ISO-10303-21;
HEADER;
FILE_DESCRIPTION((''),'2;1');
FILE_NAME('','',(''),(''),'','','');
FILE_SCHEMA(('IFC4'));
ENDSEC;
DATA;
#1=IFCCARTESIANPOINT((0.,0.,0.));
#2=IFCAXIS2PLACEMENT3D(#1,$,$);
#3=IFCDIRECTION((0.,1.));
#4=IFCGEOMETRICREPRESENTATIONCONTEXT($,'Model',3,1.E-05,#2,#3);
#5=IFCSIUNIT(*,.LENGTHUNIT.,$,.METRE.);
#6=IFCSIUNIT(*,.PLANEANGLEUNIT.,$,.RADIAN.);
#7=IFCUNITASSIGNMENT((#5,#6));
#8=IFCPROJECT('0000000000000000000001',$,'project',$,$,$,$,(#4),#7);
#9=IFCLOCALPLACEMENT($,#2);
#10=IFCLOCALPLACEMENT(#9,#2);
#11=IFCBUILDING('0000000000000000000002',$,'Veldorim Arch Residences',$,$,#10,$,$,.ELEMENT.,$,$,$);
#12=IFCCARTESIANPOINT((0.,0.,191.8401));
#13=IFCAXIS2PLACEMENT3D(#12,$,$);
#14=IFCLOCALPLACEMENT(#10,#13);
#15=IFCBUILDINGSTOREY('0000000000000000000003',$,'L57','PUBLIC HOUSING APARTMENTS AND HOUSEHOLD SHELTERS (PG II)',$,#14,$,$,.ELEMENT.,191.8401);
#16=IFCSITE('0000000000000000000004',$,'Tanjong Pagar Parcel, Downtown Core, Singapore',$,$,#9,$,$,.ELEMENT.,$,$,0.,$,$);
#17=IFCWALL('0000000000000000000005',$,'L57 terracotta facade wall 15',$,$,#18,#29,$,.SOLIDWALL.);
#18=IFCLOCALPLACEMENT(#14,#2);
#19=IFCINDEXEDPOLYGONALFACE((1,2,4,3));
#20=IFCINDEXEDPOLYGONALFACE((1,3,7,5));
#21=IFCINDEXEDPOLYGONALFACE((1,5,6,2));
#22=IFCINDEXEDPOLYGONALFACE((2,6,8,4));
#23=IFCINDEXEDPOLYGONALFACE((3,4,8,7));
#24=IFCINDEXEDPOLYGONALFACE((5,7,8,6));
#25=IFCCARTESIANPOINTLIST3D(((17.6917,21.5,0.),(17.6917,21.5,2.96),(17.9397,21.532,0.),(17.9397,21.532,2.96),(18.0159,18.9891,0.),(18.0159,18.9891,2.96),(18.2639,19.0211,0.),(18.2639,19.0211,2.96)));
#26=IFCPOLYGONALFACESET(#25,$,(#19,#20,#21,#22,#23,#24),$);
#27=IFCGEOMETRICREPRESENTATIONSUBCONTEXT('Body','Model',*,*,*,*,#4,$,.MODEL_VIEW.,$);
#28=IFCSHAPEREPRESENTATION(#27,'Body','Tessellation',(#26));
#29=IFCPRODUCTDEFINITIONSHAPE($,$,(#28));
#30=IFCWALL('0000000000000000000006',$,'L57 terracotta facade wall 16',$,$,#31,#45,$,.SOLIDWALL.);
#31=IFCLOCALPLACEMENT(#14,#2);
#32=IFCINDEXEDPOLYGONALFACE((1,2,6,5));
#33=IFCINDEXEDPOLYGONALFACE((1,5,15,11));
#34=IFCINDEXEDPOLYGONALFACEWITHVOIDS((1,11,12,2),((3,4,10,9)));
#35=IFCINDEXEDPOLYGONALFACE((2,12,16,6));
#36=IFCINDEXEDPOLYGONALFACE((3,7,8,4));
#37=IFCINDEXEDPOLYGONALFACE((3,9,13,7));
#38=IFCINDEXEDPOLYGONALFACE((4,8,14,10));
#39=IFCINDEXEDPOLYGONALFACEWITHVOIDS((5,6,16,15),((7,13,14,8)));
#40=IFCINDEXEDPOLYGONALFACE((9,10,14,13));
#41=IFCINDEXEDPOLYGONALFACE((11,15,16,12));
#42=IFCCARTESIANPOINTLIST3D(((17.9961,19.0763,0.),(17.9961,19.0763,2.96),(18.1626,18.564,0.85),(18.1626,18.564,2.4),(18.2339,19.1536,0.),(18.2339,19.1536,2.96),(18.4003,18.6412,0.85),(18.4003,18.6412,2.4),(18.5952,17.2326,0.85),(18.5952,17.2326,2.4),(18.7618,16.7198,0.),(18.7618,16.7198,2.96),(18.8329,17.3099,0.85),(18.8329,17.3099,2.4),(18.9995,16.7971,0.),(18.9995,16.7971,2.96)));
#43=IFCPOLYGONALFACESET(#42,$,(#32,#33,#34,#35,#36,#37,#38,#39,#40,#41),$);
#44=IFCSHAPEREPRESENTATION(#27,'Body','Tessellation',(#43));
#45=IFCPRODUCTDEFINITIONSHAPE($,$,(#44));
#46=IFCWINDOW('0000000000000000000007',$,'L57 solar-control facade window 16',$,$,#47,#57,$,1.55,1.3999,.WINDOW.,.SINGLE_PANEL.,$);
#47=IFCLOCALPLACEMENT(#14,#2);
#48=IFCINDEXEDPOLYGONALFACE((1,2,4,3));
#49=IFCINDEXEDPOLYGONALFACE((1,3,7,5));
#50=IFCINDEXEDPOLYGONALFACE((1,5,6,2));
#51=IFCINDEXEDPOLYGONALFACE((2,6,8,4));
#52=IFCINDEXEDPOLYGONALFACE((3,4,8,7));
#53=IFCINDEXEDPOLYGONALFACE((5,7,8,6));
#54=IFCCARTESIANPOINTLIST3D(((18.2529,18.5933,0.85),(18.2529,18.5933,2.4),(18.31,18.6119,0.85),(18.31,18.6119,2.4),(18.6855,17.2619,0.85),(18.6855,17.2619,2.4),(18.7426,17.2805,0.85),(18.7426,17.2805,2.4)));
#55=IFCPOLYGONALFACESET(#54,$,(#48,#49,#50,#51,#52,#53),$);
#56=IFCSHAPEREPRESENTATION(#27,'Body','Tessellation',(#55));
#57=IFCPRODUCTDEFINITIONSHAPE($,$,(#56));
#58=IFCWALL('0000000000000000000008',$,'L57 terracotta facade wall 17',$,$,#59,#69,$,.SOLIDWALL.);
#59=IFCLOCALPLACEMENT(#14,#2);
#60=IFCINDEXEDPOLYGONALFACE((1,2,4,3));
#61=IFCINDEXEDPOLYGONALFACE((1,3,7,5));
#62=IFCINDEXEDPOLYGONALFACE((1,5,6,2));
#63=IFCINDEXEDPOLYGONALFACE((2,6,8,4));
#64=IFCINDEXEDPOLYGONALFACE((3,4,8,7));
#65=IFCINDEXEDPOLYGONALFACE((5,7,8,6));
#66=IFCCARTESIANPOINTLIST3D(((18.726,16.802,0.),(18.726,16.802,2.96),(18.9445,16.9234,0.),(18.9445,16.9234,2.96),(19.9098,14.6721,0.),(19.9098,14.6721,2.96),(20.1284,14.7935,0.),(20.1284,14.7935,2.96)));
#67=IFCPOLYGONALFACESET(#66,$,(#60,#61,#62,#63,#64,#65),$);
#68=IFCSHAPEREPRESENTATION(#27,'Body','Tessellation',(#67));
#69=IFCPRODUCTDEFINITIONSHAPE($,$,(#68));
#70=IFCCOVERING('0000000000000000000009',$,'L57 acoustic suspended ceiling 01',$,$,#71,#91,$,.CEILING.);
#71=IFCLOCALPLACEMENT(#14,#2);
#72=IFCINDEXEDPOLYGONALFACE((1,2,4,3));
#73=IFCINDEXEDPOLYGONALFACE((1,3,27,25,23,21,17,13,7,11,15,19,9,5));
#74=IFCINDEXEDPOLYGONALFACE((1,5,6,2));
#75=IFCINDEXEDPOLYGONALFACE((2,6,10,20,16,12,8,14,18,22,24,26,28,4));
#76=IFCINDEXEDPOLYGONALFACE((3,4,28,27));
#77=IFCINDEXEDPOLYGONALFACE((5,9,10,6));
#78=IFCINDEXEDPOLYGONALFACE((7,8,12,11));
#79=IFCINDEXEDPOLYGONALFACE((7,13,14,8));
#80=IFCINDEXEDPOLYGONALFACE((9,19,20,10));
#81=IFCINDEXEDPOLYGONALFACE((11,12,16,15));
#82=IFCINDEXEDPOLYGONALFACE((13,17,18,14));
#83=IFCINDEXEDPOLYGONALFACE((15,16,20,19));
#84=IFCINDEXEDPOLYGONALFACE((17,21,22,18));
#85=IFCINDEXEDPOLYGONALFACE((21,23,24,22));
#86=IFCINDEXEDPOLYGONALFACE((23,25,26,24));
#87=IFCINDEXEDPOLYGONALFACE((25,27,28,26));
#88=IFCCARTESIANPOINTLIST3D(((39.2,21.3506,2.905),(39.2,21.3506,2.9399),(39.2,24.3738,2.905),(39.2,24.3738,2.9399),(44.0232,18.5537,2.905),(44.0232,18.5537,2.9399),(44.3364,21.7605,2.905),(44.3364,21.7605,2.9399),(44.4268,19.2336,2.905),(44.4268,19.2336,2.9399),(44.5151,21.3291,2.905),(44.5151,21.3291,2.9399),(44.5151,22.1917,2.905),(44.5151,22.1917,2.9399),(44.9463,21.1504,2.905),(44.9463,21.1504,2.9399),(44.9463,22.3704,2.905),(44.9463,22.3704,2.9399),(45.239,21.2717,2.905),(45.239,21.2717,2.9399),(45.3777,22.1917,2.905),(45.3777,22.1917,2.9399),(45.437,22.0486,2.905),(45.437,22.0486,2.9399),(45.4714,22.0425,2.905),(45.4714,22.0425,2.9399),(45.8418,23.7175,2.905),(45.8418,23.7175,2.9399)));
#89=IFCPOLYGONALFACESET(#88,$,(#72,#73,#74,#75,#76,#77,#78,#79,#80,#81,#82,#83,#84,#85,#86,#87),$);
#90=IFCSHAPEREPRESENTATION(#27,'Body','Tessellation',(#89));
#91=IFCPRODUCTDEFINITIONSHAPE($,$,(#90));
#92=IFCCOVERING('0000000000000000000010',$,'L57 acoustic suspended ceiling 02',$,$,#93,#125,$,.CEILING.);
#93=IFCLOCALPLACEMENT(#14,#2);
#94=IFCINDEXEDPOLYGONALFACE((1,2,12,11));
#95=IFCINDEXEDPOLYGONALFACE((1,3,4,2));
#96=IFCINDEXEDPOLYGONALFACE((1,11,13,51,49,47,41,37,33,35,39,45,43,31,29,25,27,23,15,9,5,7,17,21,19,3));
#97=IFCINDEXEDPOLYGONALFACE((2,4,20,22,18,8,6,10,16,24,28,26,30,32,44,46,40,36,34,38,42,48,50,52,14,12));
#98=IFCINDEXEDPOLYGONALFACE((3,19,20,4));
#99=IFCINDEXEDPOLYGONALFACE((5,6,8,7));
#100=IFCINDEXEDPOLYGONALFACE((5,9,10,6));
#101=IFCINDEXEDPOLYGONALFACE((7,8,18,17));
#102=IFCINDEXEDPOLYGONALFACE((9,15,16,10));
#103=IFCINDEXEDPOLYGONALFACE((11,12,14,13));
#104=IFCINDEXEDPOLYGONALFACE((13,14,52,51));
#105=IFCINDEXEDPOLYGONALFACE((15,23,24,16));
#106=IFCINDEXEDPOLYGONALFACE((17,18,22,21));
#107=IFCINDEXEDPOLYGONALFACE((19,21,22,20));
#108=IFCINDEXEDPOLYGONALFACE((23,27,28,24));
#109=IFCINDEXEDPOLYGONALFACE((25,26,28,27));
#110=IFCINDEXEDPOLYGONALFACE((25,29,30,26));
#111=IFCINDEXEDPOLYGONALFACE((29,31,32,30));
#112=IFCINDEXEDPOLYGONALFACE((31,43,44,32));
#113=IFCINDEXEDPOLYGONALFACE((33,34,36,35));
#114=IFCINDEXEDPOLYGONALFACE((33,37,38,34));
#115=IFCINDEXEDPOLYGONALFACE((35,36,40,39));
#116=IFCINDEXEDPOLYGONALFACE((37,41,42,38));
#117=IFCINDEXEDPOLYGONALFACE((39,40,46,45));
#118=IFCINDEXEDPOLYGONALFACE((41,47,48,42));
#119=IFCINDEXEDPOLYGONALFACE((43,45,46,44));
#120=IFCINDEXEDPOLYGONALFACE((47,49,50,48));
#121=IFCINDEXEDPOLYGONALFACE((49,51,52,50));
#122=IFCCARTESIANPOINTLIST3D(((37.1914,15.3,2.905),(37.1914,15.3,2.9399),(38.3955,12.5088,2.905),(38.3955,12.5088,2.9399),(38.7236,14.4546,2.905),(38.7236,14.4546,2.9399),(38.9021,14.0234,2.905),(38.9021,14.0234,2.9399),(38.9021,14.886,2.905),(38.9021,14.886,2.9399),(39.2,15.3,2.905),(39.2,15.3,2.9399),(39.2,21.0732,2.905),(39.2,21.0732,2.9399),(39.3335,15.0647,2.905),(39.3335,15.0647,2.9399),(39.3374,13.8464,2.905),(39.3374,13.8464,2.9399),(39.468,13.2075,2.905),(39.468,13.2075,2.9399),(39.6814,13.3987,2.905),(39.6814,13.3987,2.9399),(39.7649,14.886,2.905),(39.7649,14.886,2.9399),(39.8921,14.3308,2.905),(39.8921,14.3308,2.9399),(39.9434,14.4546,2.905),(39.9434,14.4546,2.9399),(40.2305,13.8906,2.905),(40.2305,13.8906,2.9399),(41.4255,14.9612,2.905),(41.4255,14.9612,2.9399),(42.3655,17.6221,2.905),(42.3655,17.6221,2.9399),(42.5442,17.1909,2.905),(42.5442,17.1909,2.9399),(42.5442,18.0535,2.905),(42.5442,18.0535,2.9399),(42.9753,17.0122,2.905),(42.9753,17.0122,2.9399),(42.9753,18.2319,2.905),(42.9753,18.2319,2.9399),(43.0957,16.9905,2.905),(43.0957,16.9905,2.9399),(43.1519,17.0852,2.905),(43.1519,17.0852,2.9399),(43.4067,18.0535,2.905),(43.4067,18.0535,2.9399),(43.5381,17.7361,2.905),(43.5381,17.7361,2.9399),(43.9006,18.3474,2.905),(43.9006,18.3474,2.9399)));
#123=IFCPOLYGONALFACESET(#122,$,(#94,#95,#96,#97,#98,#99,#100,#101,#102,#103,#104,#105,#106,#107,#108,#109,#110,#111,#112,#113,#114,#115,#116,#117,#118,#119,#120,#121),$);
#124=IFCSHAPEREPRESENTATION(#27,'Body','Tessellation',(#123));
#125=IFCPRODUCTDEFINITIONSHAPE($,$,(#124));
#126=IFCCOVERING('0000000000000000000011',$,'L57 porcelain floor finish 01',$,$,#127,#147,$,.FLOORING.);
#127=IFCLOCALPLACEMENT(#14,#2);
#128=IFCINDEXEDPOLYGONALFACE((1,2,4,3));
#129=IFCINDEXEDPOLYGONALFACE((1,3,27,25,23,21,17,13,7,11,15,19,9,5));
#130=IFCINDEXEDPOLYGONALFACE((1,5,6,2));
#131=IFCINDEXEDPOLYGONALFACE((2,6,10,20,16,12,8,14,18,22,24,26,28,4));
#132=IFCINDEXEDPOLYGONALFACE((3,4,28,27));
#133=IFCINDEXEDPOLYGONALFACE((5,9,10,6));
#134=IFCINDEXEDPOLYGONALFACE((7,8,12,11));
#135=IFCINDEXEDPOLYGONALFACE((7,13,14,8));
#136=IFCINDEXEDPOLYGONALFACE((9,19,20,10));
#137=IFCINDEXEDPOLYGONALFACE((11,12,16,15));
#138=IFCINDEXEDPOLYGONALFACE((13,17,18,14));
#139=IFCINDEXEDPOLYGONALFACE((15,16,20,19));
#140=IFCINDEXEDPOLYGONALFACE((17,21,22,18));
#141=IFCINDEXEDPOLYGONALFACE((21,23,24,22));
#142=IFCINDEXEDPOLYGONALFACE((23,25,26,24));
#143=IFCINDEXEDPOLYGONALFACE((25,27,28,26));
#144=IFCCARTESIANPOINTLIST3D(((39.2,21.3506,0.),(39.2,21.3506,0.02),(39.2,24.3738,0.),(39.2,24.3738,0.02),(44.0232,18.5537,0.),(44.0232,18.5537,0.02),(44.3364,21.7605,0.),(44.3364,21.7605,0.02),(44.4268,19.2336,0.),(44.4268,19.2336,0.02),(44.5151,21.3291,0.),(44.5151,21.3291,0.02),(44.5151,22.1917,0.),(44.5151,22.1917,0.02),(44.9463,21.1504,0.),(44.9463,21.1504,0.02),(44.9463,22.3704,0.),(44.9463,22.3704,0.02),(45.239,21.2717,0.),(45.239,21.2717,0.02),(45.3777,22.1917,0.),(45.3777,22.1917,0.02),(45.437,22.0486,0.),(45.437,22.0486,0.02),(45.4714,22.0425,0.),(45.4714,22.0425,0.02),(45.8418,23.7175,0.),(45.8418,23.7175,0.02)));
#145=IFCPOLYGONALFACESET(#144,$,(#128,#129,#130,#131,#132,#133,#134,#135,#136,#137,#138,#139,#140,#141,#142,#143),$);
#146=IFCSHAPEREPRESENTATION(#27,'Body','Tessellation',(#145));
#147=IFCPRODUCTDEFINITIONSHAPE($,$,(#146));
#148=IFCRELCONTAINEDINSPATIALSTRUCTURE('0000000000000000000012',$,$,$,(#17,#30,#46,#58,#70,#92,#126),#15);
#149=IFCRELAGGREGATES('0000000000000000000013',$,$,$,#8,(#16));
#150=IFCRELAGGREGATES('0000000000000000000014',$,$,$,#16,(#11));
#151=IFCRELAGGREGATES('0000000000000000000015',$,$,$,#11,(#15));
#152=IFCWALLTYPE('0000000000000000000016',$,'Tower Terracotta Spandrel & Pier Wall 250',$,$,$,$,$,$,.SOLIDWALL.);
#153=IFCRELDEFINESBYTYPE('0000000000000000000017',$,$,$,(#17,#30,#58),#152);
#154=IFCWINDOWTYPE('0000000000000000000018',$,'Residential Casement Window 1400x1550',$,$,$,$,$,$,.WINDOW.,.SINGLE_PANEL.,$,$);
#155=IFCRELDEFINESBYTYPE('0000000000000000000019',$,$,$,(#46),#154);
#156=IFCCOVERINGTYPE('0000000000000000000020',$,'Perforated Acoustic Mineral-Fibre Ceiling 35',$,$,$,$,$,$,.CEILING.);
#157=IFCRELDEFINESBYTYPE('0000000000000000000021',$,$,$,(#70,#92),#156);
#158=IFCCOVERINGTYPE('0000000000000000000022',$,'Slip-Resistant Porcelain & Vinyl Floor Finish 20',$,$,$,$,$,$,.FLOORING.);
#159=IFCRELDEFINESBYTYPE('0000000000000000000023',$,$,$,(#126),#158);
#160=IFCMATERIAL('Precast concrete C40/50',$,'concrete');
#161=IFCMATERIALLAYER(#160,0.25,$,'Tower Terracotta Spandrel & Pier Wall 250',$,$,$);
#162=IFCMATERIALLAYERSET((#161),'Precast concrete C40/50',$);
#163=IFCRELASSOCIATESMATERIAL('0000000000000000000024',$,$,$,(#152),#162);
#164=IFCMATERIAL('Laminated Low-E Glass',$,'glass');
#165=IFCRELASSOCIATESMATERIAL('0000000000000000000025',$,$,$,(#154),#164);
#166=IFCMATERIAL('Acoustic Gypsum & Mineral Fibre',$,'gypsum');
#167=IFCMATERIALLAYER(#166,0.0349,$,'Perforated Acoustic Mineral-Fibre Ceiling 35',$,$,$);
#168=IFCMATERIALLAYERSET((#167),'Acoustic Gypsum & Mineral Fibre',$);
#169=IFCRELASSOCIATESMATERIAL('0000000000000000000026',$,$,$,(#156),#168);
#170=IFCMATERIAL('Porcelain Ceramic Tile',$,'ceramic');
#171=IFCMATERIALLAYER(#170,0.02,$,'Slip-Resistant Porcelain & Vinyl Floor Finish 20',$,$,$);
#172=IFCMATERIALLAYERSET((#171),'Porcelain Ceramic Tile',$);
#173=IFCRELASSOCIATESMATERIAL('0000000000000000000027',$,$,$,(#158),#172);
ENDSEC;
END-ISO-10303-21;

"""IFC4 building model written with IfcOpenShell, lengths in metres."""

from ifc_helpers import new_model, si_unit, direction, frame, frame_2d, origin, place, context, subcontext, project, spatial, polyline, rectangle, outline, extrude, material, layer, layer_set, type_object, element, fill, save


model = new_model("IFC4")

# Units and contexts
model_context = context("Model", 3, precision=1e-05, world=origin(), true_north=direction((0.0, 1.0)))
body_context = subcontext(model_context, "Body", "Model", "MODEL_VIEW")
ifc_project = project(units=[si_unit("LENGTHUNIT", "METRE"), si_unit("PLANEANGLEUNIT", "RADIAN")], contexts=[model_context])

# Site, building, storey
site_placement = place(None, origin())
site = spatial("IfcSite", under=ifc_project, at=site_placement, Name="Tanjong Pagar Parcel, Downtown Core, Singapore", CompositionType="ELEMENT", RefElevation=0.0)
building_placement = place(site_placement, origin())
building = spatial("IfcBuilding", under=site, at=building_placement, Name="Veldorim Arch Residences", CompositionType="ELEMENT")
storey_placement = place(building_placement, frame((0.0, 0.0, 191.8401)))
storey = spatial("IfcBuildingStorey", under=building, at=storey_placement, Name="L57", Description="PUBLIC HOUSING APARTMENTS AND HOUSEHOLD SHELTERS (PG II)", CompositionType="ELEMENT", Elevation=191.8401)

# Wall
ifc_material_1 = material(Name="Precast concrete C40/50", Category="concrete")
ifc_layer_1 = layer(ifc_material_1, 0.25, Name="Tower Terracotta Spandrel & Pier Wall 250")
ifc_layer_set_1 = layer_set([ifc_layer_1], Name="Precast concrete C40/50")
wall_type_1 = type_object("IfcWallType", Name="Tower Terracotta Spandrel & Pier Wall 250", PredefinedType="SOLIDWALL", material=ifc_layer_set_1)
wall_1_placement = place(storey_placement, frame((18.1399, 19.0051, 0.0), z_axis=(0.0, 0.0, 1.0), x_axis=(-0.128057, 0.991767, 0.0)))
element("IfcWall", 1, at=wall_1_placement, inside=storey, type_object=wall_type_1, Name="L57 terracotta facade wall 15", PredefinedType="SOLIDWALL", context=body_context, shape_type="SweptSolid", body=[
    extrude(rectangle(XDim=2.5317, YDim=0.25, at=frame_2d((1.2659, 0.0))), origin(), (0.0, 0.0, 1.0), 2.96),
])

# Wall, opening, window
wall_2_placement = place(storey_placement, frame((18.8806, 16.7585, 0.0), z_axis=(0.0, 0.0, 1.0), x_axis=(-0.309006, 0.95106, 0.0)))
wall_2 = element("IfcWall", 2, at=wall_2_placement, inside=storey, type_object=wall_type_1, Name="L57 terracotta facade wall 16", PredefinedType="SOLIDWALL", context=body_context, shape_type="SweptSolid", body=[
    extrude(rectangle(XDim=2.4778, YDim=0.25, at=frame_2d((1.2388, 0.0))), origin(), (0.0, 0.0, 1.0), 2.96),
])
opening_1_placement = place(wall_2_placement, frame((0.5391, 0.0, 0.8501)))
opening_1 = element("IfcOpeningElement", 3, at=opening_1_placement, cuts=wall_2, PredefinedType="OPENING", context=body_context, shape_type="SweptSolid", body=[
    extrude(rectangle(XDim=1.3999, YDim=1.55, at=frame_2d((0.7, 0.7749))), frame((0.0, 0.135, 0.0), z_axis=(0.0, -1.0, 0.0), x_axis=(1.0, 0.0, 0.0)), (0.0, 0.0, 1.0), 0.27),
])
ifc_material_2 = material(Name="Laminated Low-E Glass", Category="glass")
window_type = type_object("IfcWindowType", Name="Residential Casement Window 1400x1550", PartitioningType="SINGLE_PANEL", PredefinedType="WINDOW", material=ifc_material_2)
window_placement = place(opening_1_placement, origin())
window = element("IfcWindow", 4, at=window_placement, inside=storey, type_object=window_type, Name="L57 solar-control facade window 16", OverallHeight=1.55, OverallWidth=1.3999, PartitioningType="SINGLE_PANEL", PredefinedType="WINDOW", context=body_context, shape_type="SweptSolid", body=[
    extrude(rectangle(XDim=1.3999, YDim=1.55, at=frame_2d((0.7, 0.7749))), frame((0.0, 0.03, 0.0), z_axis=(0.0, -1.0, 0.0), x_axis=(1.0, 0.0, 0.0)), (0.0, 0.0, 1.0), 0.0601),
])
fill(opening_1, window)

# Wall
wall_3_placement = place(storey_placement, frame((20.019, 14.7329, 0.0), z_axis=(0.0, 0.0, 1.0), x_axis=(-0.485822, 0.874058, 0.0)))
element("IfcWall", 5, at=wall_3_placement, inside=storey, type_object=wall_type_1, Name="L57 terracotta facade wall 17", PredefinedType="SOLIDWALL", context=body_context, shape_type="SweptSolid", body=[
    extrude(rectangle(XDim=2.4368, YDim=0.25, at=frame_2d((1.2183, 0.0))), origin(), (0.0, 0.0, 1.0), 2.96),
])

# Coverings
ifc_material_3 = material(Name="Acoustic Gypsum & Mineral Fibre", Category="gypsum")
ifc_layer_2 = layer(ifc_material_3, 0.0349, Name="Perforated Acoustic Mineral-Fibre Ceiling 35")
ifc_layer_set_2 = layer_set([ifc_layer_2], Name="Acoustic Gypsum & Mineral Fibre")
covering_type_1 = type_object("IfcCoveringType", Name="Perforated Acoustic Mineral-Fibre Ceiling 35", PredefinedType="CEILING", material=ifc_layer_set_2)
covering_1_placement = place(storey_placement, frame((0.0, 0.0, 2.905)))
element("IfcCovering", 6, at=covering_1_placement, inside=storey, type_object=covering_type_1, Name="L57 acoustic suspended ceiling 01", PredefinedType="CEILING", context=body_context, shape_type="SweptSolid", body=[
    extrude(outline(polyline([(44.4268, 19.2336), (44.0232, 18.5537), (39.2, 21.3506), (39.2, 24.3738), (45.8418, 23.7175), (45.4714, 22.0425), (45.437, 22.0486), (45.3777, 22.1917), (44.9463, 22.3704), (44.5151, 22.1917), (44.3364, 21.7605), (44.5151, 21.3291), (44.9463, 21.1504), (45.239, 21.2717), (44.4268, 19.2336)])), origin(), (0.0, 0.0, 1.0), 0.0349),
])
covering_2_placement = place(storey_placement, frame((0.0, 0.0, 2.905)))
element("IfcCovering", 7, at=covering_2_placement, inside=storey, type_object=covering_type_1, Name="L57 acoustic suspended ceiling 02", PredefinedType="CEILING", context=body_context, shape_type="SweptSolid", body=[
    extrude(outline(polyline([(39.6814, 13.3987), (39.468, 13.2075), (38.3955, 12.5088), (37.1914, 15.3), (39.2, 15.3), (39.2, 21.0732), (43.9006, 18.3474), (43.5381, 17.7361), (43.4067, 18.0535), (42.9753, 18.2319), (42.5442, 18.0535), (42.3655, 17.6221), (42.5442, 17.1909), (42.9753, 17.0122), (43.1519, 17.0852), (43.0957, 16.9905), (41.4255, 14.9612), (40.2305, 13.8906), (39.8921, 14.3308), (39.9434, 14.4546), (39.7649, 14.886), (39.3335, 15.0647), (38.9021, 14.886), (38.7236, 14.4546), (38.9021, 14.0234), (39.3374, 13.8464), (39.6814, 13.3987)])), origin(), (0.0, 0.0, 1.0), 0.0349),
])
ifc_material_4 = material(Name="Porcelain Ceramic Tile", Category="ceramic")
ifc_layer_3 = layer(ifc_material_4, 0.02, Name="Slip-Resistant Porcelain & Vinyl Floor Finish 20")
ifc_layer_set_3 = layer_set([ifc_layer_3], Name="Porcelain Ceramic Tile")
covering_type_2 = type_object("IfcCoveringType", Name="Slip-Resistant Porcelain & Vinyl Floor Finish 20", PredefinedType="FLOORING", material=ifc_layer_set_3)
covering_3_placement = place(storey_placement, origin())
element("IfcCovering", 8, at=covering_3_placement, inside=storey, type_object=covering_type_2, Name="L57 porcelain floor finish 01", PredefinedType="FLOORING", context=body_context, shape_type="SweptSolid", body=[
    extrude(outline(polyline([(44.4268, 19.2336), (44.0232, 18.5537), (39.2, 21.3506), (39.2, 24.3738), (45.8418, 23.7175), (45.4714, 22.0425), (45.437, 22.0486), (45.3777, 22.1917), (44.9463, 22.3704), (44.5151, 22.1917), (44.3364, 21.7605), (44.5151, 21.3291), (44.9463, 21.1504), (45.239, 21.2717), (44.4268, 19.2336)])), origin(), (0.0, 0.0, 1.0), 0.02),
])

save(model, "model.ifc")
